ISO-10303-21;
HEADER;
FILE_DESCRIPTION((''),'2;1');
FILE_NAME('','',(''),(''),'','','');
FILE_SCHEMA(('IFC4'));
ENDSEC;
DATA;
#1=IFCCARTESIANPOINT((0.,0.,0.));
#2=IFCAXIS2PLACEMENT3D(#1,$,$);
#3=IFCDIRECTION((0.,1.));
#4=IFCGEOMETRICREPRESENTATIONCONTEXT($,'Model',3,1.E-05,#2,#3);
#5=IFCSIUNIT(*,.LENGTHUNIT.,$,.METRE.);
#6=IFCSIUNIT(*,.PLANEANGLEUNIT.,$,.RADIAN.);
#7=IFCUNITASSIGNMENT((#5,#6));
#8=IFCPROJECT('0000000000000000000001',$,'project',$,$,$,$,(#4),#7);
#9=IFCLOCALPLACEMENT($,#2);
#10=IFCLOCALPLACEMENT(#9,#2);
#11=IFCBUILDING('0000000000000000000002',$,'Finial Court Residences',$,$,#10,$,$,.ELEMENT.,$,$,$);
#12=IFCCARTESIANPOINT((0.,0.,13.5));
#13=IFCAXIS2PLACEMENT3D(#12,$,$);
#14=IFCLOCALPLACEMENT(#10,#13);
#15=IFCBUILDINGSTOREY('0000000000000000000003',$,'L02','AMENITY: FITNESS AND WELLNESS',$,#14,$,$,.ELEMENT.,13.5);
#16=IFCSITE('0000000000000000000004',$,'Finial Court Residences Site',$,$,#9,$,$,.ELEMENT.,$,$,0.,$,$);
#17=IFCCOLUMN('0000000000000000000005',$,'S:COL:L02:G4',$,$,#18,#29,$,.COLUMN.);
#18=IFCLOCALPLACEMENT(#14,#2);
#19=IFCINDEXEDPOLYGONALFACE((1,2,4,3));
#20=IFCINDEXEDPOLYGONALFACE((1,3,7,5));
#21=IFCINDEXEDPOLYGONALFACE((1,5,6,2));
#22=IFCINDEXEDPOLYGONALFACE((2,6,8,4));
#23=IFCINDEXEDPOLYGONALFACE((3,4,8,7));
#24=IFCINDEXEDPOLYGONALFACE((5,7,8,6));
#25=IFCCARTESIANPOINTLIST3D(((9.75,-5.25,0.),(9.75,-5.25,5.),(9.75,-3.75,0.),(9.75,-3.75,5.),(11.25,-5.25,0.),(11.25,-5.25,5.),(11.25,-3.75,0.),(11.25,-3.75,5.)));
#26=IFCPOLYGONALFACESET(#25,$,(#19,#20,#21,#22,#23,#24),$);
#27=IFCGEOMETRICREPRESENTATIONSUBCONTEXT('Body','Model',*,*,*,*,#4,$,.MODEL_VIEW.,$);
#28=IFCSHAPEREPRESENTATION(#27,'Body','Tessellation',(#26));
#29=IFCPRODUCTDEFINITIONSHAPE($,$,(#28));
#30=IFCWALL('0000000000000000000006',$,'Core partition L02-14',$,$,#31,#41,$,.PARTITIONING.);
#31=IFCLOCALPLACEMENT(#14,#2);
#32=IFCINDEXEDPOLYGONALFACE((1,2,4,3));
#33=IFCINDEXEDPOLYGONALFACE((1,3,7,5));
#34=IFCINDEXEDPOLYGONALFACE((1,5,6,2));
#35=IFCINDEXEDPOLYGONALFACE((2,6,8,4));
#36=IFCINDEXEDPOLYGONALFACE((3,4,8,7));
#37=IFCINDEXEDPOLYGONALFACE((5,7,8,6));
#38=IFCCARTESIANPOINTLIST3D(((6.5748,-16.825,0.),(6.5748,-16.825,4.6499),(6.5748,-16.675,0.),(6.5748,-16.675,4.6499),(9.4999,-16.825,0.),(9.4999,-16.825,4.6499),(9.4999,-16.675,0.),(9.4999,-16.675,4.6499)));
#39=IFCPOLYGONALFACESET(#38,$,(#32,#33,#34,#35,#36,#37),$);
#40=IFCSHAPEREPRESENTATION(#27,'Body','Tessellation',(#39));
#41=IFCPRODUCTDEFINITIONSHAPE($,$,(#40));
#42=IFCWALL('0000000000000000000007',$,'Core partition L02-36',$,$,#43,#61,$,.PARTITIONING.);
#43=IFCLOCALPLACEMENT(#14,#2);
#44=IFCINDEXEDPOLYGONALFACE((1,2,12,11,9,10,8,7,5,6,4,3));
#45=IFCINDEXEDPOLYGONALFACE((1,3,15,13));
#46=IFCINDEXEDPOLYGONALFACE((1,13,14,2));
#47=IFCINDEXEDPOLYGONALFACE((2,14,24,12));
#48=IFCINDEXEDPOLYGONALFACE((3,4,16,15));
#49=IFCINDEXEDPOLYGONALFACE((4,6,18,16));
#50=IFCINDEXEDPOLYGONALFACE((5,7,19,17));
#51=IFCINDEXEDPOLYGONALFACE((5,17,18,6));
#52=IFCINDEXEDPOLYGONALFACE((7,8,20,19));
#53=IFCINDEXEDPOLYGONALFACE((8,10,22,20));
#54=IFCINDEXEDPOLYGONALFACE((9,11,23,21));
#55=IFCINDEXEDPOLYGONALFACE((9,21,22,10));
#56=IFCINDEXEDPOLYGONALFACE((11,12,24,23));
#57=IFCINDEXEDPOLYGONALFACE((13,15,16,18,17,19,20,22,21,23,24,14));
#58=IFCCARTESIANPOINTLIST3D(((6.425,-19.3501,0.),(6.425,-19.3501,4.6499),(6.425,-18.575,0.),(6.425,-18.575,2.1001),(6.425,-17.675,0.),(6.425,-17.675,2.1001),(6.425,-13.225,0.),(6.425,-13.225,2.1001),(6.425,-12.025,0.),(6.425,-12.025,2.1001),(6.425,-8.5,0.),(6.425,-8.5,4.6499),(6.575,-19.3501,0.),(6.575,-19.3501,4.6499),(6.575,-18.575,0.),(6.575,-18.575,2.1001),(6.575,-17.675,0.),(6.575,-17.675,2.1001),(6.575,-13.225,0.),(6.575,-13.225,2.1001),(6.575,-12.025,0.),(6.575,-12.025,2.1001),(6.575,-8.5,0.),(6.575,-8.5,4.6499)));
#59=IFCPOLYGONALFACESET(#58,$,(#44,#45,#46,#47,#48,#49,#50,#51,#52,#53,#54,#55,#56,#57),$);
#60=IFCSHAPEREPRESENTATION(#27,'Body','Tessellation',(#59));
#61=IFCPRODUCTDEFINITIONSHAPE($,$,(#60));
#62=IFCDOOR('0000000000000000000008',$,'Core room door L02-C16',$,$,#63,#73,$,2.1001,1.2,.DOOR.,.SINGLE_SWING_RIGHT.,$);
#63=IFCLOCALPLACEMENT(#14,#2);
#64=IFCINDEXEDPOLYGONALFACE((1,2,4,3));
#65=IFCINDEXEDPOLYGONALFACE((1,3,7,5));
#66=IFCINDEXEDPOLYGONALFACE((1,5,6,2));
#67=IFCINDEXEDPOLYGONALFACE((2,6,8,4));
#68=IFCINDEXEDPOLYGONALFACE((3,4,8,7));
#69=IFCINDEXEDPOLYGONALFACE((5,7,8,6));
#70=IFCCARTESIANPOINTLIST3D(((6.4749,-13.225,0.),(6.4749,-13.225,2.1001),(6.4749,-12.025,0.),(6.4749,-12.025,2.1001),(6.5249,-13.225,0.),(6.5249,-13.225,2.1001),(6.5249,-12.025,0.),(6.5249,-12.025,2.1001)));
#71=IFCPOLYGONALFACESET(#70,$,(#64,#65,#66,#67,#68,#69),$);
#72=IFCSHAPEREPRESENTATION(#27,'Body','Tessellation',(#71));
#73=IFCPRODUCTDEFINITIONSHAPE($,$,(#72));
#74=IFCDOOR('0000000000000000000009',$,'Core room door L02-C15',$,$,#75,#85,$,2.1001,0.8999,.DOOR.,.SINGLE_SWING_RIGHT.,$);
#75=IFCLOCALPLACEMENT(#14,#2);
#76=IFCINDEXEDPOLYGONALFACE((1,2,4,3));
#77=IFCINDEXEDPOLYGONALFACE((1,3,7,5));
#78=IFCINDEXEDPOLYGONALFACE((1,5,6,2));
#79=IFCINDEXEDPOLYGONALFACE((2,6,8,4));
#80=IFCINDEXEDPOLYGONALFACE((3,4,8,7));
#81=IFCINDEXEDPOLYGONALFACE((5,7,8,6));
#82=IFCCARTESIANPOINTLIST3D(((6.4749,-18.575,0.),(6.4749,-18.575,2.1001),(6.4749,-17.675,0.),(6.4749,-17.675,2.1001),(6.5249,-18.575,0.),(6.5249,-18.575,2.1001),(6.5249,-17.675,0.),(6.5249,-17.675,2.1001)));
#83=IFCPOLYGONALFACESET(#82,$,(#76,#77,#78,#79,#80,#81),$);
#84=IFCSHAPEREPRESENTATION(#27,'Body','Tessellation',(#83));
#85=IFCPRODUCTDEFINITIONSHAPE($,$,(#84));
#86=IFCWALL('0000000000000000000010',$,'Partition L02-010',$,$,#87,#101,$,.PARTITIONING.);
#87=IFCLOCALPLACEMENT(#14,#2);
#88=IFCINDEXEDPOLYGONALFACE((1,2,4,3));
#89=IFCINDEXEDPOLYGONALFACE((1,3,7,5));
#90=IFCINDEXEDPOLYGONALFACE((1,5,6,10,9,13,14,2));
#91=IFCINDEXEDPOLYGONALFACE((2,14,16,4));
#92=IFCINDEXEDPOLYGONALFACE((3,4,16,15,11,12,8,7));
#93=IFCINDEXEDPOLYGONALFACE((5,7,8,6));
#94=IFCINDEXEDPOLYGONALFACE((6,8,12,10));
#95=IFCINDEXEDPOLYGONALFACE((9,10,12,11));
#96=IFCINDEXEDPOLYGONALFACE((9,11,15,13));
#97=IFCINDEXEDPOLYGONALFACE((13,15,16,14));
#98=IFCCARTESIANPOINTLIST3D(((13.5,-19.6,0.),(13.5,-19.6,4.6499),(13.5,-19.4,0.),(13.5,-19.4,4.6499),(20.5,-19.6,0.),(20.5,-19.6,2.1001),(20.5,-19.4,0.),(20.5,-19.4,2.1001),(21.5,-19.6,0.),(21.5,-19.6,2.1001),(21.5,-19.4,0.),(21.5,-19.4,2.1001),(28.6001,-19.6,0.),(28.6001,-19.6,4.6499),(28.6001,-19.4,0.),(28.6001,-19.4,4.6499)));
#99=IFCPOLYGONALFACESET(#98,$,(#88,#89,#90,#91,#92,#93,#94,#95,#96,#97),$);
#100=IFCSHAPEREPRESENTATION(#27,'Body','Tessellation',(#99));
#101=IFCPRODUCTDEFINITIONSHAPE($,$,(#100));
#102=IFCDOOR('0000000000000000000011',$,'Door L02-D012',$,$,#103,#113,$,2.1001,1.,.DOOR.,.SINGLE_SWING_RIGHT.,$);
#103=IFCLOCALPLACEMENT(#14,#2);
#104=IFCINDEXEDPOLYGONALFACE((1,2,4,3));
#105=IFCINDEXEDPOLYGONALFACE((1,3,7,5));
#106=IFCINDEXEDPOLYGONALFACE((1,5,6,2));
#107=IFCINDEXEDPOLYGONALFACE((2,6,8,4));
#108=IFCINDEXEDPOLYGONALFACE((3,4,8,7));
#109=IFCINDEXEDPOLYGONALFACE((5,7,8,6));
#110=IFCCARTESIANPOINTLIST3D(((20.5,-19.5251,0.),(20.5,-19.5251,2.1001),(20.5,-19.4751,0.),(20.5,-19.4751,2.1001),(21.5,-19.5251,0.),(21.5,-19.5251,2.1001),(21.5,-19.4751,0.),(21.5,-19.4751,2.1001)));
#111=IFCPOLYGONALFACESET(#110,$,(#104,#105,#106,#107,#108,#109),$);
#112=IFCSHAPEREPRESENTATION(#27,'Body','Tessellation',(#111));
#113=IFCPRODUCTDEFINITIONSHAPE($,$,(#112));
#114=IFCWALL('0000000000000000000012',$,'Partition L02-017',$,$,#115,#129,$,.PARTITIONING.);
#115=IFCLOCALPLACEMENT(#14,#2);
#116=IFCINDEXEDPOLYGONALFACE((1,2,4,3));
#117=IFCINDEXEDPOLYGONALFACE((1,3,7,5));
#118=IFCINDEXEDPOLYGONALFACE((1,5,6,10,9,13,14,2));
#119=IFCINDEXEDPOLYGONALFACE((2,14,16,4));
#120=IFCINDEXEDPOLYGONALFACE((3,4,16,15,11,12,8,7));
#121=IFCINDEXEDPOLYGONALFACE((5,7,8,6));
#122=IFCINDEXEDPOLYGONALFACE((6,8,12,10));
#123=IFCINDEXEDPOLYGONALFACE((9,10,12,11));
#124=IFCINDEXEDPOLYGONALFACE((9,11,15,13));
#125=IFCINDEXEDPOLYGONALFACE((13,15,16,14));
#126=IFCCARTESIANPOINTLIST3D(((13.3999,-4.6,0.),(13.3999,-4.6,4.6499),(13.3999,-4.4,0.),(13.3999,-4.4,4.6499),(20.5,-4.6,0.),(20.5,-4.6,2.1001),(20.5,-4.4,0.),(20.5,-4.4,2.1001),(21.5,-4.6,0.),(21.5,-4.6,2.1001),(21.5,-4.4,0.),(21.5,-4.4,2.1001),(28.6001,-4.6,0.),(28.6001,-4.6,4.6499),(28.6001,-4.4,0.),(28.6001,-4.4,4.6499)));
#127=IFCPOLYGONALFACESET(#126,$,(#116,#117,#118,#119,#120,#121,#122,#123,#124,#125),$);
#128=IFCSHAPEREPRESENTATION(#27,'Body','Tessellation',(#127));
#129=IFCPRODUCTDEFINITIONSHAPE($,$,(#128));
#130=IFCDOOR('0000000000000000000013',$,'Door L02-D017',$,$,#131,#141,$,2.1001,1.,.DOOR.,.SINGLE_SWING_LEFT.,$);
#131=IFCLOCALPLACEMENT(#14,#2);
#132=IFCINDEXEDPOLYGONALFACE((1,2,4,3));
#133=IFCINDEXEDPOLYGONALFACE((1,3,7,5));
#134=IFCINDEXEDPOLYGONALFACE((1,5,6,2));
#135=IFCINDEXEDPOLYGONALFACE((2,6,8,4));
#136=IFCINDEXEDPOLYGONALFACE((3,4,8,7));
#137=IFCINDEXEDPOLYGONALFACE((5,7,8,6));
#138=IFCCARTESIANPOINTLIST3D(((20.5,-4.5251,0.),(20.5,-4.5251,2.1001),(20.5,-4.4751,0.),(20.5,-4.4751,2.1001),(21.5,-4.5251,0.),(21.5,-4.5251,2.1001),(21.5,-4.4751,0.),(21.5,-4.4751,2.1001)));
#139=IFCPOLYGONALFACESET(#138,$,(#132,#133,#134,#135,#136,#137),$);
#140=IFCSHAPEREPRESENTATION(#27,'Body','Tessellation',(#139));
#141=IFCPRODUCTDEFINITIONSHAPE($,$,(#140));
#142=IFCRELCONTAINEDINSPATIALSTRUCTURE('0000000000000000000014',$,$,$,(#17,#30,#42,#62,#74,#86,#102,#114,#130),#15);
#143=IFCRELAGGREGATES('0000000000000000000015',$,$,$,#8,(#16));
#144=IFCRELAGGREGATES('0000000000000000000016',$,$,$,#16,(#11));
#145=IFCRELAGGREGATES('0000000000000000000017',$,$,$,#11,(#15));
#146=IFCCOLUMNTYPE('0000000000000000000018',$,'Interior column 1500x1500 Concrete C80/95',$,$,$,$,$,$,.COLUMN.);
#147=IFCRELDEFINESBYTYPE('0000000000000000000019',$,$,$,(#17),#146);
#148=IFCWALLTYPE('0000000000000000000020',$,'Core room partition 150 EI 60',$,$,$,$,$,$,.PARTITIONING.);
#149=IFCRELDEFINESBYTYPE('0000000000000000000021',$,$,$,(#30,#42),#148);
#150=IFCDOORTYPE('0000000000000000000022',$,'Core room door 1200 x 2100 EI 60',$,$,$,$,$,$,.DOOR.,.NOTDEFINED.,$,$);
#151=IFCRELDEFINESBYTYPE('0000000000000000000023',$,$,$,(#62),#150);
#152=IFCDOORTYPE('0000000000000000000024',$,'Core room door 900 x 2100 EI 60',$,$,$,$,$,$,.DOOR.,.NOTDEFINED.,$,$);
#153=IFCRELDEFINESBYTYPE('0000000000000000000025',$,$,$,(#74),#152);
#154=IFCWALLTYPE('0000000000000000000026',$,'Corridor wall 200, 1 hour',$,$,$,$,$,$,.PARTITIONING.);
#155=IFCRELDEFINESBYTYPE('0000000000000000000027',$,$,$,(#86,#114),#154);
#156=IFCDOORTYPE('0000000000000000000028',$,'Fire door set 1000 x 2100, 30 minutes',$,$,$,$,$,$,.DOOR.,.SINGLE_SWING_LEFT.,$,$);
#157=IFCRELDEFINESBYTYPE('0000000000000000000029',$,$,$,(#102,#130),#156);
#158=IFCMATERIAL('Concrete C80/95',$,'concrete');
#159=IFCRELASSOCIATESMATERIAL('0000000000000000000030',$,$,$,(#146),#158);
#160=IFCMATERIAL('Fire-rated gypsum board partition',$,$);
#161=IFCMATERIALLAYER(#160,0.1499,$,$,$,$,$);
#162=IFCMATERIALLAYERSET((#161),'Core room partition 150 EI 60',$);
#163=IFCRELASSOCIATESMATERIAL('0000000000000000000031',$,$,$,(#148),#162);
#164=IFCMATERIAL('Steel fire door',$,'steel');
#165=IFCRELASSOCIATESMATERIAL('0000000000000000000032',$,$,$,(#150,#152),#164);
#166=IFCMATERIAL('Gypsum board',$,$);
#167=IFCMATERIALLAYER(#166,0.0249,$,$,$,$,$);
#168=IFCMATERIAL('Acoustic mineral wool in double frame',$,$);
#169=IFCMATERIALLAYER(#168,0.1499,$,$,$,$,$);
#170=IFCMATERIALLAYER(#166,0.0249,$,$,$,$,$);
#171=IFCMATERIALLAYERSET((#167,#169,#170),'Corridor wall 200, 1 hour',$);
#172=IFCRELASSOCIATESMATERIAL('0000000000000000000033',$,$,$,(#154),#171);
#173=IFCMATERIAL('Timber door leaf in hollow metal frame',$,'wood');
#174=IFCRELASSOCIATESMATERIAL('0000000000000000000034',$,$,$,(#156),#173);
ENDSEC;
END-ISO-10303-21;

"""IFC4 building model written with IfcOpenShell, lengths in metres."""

from ifc_helpers import new_model, si_unit, direction, frame, frame_2d, origin, origin_2d, place, context, subcontext, project, spatial, rectangle, extrude, material, layer, layer_set, material_profile, profile_set, type_object, element, fill, save


model = new_model("IFC4")

# Units and contexts
model_context = context("Model", 3, precision=1e-05, world=origin(), true_north=direction((0.0, 1.0)))
body_context = subcontext(model_context, "Body", "Model", "MODEL_VIEW")
ifc_project = project(units=[si_unit("LENGTHUNIT", "METRE"), si_unit("PLANEANGLEUNIT", "RADIAN")], contexts=[model_context])

# Site, building, storey
site_placement = place(None, origin())
site = spatial("IfcSite", under=ifc_project, at=site_placement, Name="Finial Court Residences Site", CompositionType="ELEMENT", RefElevation=0.0)
building_placement = place(site_placement, origin())
building = spatial("IfcBuilding", under=site, at=building_placement, Name="Finial Court Residences", CompositionType="ELEMENT")
storey_placement = place(building_placement, frame((0.0, 0.0, 13.5)))
storey = spatial("IfcBuildingStorey", under=building, at=storey_placement, Name="L02", Description="AMENITY: FITNESS AND WELLNESS", CompositionType="ELEMENT", Elevation=13.5)

# Column
ifc_material_1 = material(Name="Concrete C80/95", Category="concrete")
ifc_material_profile = material_profile(ifc_material_1, rectangle(XDim=1.5, YDim=1.5, at=origin_2d()), Name="1500x1500")
ifc_profile_set = profile_set([ifc_material_profile], Name="Concrete C80/95")
column_type = type_object("IfcColumnType", Name="Interior column 1500x1500 Concrete C80/95", PredefinedType="COLUMN", material=ifc_profile_set)
column_placement = place(storey_placement, frame((10.5, -4.5, 0.0), z_axis=(0.0, 0.0, 1.0), x_axis=(1.0, 0.0, 0.0)))
element("IfcColumn", 1, at=column_placement, inside=storey, type_object=column_type, Name="S:COL:L02:G4", PredefinedType="COLUMN", context=body_context, shape_type="SweptSolid", body=[
    extrude(rectangle(XDim=1.5, YDim=1.5, at=origin_2d()), origin(), (0.0, 0.0, 1.0), 5.0),
])

# Wall
ifc_material_2 = material(Name="Fire-rated gypsum board partition")
ifc_layer_1 = layer(ifc_material_2, 0.1499)
ifc_layer_set_1 = layer_set([ifc_layer_1], Name="Core room partition 150 EI 60")
wall_type_1 = type_object("IfcWallType", Name="Core room partition 150 EI 60", PredefinedType="PARTITIONING", material=ifc_layer_set_1)
wall_1_placement = place(storey_placement, frame((6.575, -16.75, 0.0), z_axis=(0.0, 0.0, 1.0), x_axis=(1.0, 0.0, 0.0)))
element("IfcWall", 2, at=wall_1_placement, inside=storey, type_object=wall_type_1, Name="Core partition L02-14", PredefinedType="PARTITIONING", context=body_context, shape_type="SweptSolid", body=[
    extrude(rectangle(XDim=2.925, YDim=0.1499, at=frame_2d((1.4624, 0.0))), origin(), (0.0, 0.0, 1.0), 4.6499),
])

# Wall, openings, doors
wall_2_placement = place(storey_placement, frame((6.5, -8.5, 0.0), z_axis=(0.0, 0.0, 1.0), x_axis=(0.0, -1.0, 0.0)))
wall_2 = element("IfcWall", 3, at=wall_2_placement, inside=storey, type_object=wall_type_1, Name="Core partition L02-36", PredefinedType="PARTITIONING", context=body_context, shape_type="SweptSolid", body=[
    extrude(rectangle(XDim=10.8501, YDim=0.1499, at=frame_2d((5.425, 0.0))), origin(), (0.0, 0.0, 1.0), 4.6499),
])
opening_1_placement = place(wall_2_placement, frame((9.175, 0.0, 0.0)))
opening_1 = element("IfcOpeningElement", 4, at=opening_1_placement, cuts=wall_2, PredefinedType="OPENING", context=body_context, shape_type="SweptSolid", body=[
    extrude(rectangle(XDim=0.8999, YDim=2.1001, at=frame_2d((0.45, 1.05))), frame((0.0, 0.085, 0.0), z_axis=(0.0, -1.0, 0.0), x_axis=(1.0, 0.0, 0.0)), (0.0, 0.0, 1.0), 0.1699),
])
opening_2_placement = place(wall_2_placement, frame((3.5249, 0.0, 0.0)))
opening_2 = element("IfcOpeningElement", 5, at=opening_2_placement, cuts=wall_2, PredefinedType="OPENING", context=body_context, shape_type="SweptSolid", body=[
    extrude(rectangle(XDim=1.2, YDim=2.1001, at=frame_2d((0.6001, 1.05))), frame((0.0, 0.085, 0.0), z_axis=(0.0, -1.0, 0.0), x_axis=(1.0, 0.0, 0.0)), (0.0, 0.0, 1.0), 0.1699),
])
ifc_material_3 = material(Name="Steel fire door", Category="steel")
door_type_1 = type_object("IfcDoorType", Name="Core room door 1200 x 2100 EI 60", OperationType="NOTDEFINED", PredefinedType="DOOR", material=ifc_material_3)
door_1_placement = place(opening_2_placement, origin())
door_1 = element("IfcDoor", 6, at=door_1_placement, inside=storey, type_object=door_type_1, Name="Core room door L02-C16", OperationType="SINGLE_SWING_RIGHT", OverallHeight=2.1001, OverallWidth=1.2, PredefinedType="DOOR", context=body_context, shape_type="SweptSolid", body=[
    extrude(rectangle(XDim=1.2, YDim=2.1001, at=frame_2d((0.6001, 1.05))), frame((0.0, 0.0249, 0.0), z_axis=(0.0, -1.0, 0.0), x_axis=(1.0, 0.0, 0.0)), (0.0, 0.0, 1.0), 0.05),
])
fill(opening_2, door_1)
door_type_2 = type_object("IfcDoorType", Name="Core room door 900 x 2100 EI 60", OperationType="NOTDEFINED", PredefinedType="DOOR", material=ifc_material_3)
door_2_placement = place(opening_1_placement, origin())
door_2 = element("IfcDoor", 7, at=door_2_placement, inside=storey, type_object=door_type_2, Name="Core room door L02-C15", OperationType="SINGLE_SWING_RIGHT", OverallHeight=2.1001, OverallWidth=0.8999, PredefinedType="DOOR", context=body_context, shape_type="SweptSolid", body=[
    extrude(rectangle(XDim=0.8999, YDim=2.1001, at=frame_2d((0.45, 1.05))), frame((0.0, 0.0249, 0.0), z_axis=(0.0, -1.0, 0.0), x_axis=(1.0, 0.0, 0.0)), (0.0, 0.0, 1.0), 0.05),
])
fill(opening_1, door_2)

# Walls, openings, doors
ifc_material_4 = material(Name="Gypsum board")
ifc_layer_2 = layer(ifc_material_4, 0.0249)
ifc_material_5 = material(Name="Acoustic mineral wool in double frame")
ifc_layer_3 = layer(ifc_material_5, 0.1499)
ifc_layer_4 = layer(ifc_material_4, 0.0249)
ifc_layer_set_2 = layer_set([ifc_layer_2, ifc_layer_3, ifc_layer_4], Name="Corridor wall 200, 1 hour")
wall_type_2 = type_object("IfcWallType", Name="Corridor wall 200, 1 hour", PredefinedType="PARTITIONING", material=ifc_layer_set_2)
wall_3_placement = place(storey_placement, frame((13.5, -19.5, 0.0), z_axis=(0.0, 0.0, 1.0), x_axis=(1.0, 0.0, 0.0)))
wall_3 = element("IfcWall", 8, at=wall_3_placement, inside=storey, type_object=wall_type_2, Name="Partition L02-010", PredefinedType="PARTITIONING", context=body_context, shape_type="SweptSolid", body=[
    extrude(rectangle(XDim=15.1001, YDim=0.2, at=frame_2d((7.55, 0.0))), origin(), (0.0, 0.0, 1.0), 4.6499),
])
opening_3_placement = place(wall_3_placement, frame((7.0, 0.0, 0.0)))
opening_3 = element("IfcOpeningElement", 9, at=opening_3_placement, cuts=wall_3, PredefinedType="OPENING", context=body_context, shape_type="SweptSolid", body=[
    extrude(rectangle(XDim=1.0, YDim=2.1001, at=frame_2d((0.5, 1.05))), frame((0.0, 0.1099, 0.0), z_axis=(0.0, -1.0, 0.0), x_axis=(1.0, 0.0, 0.0)), (0.0, 0.0, 1.0), 0.22),
])
ifc_material_6 = material(Name="Timber door leaf in hollow metal frame", Category="wood")
door_type_3 = type_object("IfcDoorType", Name="Fire door set 1000 x 2100, 30 minutes", OperationType="SINGLE_SWING_LEFT", PredefinedType="DOOR", material=ifc_material_6)
door_3_placement = place(opening_3_placement, origin())
door_3 = element("IfcDoor", 10, at=door_3_placement, inside=storey, type_object=door_type_3, Name="Door L02-D012", OperationType="SINGLE_SWING_RIGHT", OverallHeight=2.1001, OverallWidth=1.0, PredefinedType="DOOR", context=body_context, shape_type="SweptSolid", body=[
    extrude(rectangle(XDim=1.0, YDim=2.1001, at=frame_2d((0.5, 1.05))), frame((0.0, 0.0249, 0.0), z_axis=(0.0, -1.0, 0.0), x_axis=(1.0, 0.0, 0.0)), (0.0, 0.0, 1.0), 0.05),
])
fill(opening_3, door_3)
wall_4_placement = place(storey_placement, frame((13.3999, -4.5, 0.0), z_axis=(0.0, 0.0, 1.0), x_axis=(1.0, 0.0, 0.0)))
wall_4 = element("IfcWall", 11, at=wall_4_placement, inside=storey, type_object=wall_type_2, Name="Partition L02-017", PredefinedType="PARTITIONING", context=body_context, shape_type="SweptSolid", body=[
    extrude(rectangle(XDim=15.2002, YDim=0.2, at=frame_2d((7.6001, 0.0))), origin(), (0.0, 0.0, 1.0), 4.6499),
])
opening_4_placement = place(wall_4_placement, frame((7.1001, 0.0, 0.0)))
opening_4 = element("IfcOpeningElement", 12, at=opening_4_placement, cuts=wall_4, PredefinedType="OPENING", context=body_context, shape_type="SweptSolid", body=[
    extrude(rectangle(XDim=1.0, YDim=2.1001, at=frame_2d((0.5, 1.05))), frame((0.0, 0.1099, 0.0), z_axis=(0.0, -1.0, 0.0), x_axis=(1.0, 0.0, 0.0)), (0.0, 0.0, 1.0), 0.22),
])
door_4_placement = place(opening_4_placement, origin())
door_4 = element("IfcDoor", 13, at=door_4_placement, inside=storey, type_object=door_type_3, Name="Door L02-D017", OperationType="SINGLE_SWING_LEFT", OverallHeight=2.1001, OverallWidth=1.0, PredefinedType="DOOR", context=body_context, shape_type="SweptSolid", body=[
    extrude(rectangle(XDim=1.0, YDim=2.1001, at=frame_2d((0.5, 1.05))), frame((0.0, 0.0249, 0.0), z_axis=(0.0, -1.0, 0.0), x_axis=(1.0, 0.0, 0.0)), (0.0, 0.0, 1.0), 0.05),
])
fill(opening_4, door_4)

save(model, "model.ifc")
